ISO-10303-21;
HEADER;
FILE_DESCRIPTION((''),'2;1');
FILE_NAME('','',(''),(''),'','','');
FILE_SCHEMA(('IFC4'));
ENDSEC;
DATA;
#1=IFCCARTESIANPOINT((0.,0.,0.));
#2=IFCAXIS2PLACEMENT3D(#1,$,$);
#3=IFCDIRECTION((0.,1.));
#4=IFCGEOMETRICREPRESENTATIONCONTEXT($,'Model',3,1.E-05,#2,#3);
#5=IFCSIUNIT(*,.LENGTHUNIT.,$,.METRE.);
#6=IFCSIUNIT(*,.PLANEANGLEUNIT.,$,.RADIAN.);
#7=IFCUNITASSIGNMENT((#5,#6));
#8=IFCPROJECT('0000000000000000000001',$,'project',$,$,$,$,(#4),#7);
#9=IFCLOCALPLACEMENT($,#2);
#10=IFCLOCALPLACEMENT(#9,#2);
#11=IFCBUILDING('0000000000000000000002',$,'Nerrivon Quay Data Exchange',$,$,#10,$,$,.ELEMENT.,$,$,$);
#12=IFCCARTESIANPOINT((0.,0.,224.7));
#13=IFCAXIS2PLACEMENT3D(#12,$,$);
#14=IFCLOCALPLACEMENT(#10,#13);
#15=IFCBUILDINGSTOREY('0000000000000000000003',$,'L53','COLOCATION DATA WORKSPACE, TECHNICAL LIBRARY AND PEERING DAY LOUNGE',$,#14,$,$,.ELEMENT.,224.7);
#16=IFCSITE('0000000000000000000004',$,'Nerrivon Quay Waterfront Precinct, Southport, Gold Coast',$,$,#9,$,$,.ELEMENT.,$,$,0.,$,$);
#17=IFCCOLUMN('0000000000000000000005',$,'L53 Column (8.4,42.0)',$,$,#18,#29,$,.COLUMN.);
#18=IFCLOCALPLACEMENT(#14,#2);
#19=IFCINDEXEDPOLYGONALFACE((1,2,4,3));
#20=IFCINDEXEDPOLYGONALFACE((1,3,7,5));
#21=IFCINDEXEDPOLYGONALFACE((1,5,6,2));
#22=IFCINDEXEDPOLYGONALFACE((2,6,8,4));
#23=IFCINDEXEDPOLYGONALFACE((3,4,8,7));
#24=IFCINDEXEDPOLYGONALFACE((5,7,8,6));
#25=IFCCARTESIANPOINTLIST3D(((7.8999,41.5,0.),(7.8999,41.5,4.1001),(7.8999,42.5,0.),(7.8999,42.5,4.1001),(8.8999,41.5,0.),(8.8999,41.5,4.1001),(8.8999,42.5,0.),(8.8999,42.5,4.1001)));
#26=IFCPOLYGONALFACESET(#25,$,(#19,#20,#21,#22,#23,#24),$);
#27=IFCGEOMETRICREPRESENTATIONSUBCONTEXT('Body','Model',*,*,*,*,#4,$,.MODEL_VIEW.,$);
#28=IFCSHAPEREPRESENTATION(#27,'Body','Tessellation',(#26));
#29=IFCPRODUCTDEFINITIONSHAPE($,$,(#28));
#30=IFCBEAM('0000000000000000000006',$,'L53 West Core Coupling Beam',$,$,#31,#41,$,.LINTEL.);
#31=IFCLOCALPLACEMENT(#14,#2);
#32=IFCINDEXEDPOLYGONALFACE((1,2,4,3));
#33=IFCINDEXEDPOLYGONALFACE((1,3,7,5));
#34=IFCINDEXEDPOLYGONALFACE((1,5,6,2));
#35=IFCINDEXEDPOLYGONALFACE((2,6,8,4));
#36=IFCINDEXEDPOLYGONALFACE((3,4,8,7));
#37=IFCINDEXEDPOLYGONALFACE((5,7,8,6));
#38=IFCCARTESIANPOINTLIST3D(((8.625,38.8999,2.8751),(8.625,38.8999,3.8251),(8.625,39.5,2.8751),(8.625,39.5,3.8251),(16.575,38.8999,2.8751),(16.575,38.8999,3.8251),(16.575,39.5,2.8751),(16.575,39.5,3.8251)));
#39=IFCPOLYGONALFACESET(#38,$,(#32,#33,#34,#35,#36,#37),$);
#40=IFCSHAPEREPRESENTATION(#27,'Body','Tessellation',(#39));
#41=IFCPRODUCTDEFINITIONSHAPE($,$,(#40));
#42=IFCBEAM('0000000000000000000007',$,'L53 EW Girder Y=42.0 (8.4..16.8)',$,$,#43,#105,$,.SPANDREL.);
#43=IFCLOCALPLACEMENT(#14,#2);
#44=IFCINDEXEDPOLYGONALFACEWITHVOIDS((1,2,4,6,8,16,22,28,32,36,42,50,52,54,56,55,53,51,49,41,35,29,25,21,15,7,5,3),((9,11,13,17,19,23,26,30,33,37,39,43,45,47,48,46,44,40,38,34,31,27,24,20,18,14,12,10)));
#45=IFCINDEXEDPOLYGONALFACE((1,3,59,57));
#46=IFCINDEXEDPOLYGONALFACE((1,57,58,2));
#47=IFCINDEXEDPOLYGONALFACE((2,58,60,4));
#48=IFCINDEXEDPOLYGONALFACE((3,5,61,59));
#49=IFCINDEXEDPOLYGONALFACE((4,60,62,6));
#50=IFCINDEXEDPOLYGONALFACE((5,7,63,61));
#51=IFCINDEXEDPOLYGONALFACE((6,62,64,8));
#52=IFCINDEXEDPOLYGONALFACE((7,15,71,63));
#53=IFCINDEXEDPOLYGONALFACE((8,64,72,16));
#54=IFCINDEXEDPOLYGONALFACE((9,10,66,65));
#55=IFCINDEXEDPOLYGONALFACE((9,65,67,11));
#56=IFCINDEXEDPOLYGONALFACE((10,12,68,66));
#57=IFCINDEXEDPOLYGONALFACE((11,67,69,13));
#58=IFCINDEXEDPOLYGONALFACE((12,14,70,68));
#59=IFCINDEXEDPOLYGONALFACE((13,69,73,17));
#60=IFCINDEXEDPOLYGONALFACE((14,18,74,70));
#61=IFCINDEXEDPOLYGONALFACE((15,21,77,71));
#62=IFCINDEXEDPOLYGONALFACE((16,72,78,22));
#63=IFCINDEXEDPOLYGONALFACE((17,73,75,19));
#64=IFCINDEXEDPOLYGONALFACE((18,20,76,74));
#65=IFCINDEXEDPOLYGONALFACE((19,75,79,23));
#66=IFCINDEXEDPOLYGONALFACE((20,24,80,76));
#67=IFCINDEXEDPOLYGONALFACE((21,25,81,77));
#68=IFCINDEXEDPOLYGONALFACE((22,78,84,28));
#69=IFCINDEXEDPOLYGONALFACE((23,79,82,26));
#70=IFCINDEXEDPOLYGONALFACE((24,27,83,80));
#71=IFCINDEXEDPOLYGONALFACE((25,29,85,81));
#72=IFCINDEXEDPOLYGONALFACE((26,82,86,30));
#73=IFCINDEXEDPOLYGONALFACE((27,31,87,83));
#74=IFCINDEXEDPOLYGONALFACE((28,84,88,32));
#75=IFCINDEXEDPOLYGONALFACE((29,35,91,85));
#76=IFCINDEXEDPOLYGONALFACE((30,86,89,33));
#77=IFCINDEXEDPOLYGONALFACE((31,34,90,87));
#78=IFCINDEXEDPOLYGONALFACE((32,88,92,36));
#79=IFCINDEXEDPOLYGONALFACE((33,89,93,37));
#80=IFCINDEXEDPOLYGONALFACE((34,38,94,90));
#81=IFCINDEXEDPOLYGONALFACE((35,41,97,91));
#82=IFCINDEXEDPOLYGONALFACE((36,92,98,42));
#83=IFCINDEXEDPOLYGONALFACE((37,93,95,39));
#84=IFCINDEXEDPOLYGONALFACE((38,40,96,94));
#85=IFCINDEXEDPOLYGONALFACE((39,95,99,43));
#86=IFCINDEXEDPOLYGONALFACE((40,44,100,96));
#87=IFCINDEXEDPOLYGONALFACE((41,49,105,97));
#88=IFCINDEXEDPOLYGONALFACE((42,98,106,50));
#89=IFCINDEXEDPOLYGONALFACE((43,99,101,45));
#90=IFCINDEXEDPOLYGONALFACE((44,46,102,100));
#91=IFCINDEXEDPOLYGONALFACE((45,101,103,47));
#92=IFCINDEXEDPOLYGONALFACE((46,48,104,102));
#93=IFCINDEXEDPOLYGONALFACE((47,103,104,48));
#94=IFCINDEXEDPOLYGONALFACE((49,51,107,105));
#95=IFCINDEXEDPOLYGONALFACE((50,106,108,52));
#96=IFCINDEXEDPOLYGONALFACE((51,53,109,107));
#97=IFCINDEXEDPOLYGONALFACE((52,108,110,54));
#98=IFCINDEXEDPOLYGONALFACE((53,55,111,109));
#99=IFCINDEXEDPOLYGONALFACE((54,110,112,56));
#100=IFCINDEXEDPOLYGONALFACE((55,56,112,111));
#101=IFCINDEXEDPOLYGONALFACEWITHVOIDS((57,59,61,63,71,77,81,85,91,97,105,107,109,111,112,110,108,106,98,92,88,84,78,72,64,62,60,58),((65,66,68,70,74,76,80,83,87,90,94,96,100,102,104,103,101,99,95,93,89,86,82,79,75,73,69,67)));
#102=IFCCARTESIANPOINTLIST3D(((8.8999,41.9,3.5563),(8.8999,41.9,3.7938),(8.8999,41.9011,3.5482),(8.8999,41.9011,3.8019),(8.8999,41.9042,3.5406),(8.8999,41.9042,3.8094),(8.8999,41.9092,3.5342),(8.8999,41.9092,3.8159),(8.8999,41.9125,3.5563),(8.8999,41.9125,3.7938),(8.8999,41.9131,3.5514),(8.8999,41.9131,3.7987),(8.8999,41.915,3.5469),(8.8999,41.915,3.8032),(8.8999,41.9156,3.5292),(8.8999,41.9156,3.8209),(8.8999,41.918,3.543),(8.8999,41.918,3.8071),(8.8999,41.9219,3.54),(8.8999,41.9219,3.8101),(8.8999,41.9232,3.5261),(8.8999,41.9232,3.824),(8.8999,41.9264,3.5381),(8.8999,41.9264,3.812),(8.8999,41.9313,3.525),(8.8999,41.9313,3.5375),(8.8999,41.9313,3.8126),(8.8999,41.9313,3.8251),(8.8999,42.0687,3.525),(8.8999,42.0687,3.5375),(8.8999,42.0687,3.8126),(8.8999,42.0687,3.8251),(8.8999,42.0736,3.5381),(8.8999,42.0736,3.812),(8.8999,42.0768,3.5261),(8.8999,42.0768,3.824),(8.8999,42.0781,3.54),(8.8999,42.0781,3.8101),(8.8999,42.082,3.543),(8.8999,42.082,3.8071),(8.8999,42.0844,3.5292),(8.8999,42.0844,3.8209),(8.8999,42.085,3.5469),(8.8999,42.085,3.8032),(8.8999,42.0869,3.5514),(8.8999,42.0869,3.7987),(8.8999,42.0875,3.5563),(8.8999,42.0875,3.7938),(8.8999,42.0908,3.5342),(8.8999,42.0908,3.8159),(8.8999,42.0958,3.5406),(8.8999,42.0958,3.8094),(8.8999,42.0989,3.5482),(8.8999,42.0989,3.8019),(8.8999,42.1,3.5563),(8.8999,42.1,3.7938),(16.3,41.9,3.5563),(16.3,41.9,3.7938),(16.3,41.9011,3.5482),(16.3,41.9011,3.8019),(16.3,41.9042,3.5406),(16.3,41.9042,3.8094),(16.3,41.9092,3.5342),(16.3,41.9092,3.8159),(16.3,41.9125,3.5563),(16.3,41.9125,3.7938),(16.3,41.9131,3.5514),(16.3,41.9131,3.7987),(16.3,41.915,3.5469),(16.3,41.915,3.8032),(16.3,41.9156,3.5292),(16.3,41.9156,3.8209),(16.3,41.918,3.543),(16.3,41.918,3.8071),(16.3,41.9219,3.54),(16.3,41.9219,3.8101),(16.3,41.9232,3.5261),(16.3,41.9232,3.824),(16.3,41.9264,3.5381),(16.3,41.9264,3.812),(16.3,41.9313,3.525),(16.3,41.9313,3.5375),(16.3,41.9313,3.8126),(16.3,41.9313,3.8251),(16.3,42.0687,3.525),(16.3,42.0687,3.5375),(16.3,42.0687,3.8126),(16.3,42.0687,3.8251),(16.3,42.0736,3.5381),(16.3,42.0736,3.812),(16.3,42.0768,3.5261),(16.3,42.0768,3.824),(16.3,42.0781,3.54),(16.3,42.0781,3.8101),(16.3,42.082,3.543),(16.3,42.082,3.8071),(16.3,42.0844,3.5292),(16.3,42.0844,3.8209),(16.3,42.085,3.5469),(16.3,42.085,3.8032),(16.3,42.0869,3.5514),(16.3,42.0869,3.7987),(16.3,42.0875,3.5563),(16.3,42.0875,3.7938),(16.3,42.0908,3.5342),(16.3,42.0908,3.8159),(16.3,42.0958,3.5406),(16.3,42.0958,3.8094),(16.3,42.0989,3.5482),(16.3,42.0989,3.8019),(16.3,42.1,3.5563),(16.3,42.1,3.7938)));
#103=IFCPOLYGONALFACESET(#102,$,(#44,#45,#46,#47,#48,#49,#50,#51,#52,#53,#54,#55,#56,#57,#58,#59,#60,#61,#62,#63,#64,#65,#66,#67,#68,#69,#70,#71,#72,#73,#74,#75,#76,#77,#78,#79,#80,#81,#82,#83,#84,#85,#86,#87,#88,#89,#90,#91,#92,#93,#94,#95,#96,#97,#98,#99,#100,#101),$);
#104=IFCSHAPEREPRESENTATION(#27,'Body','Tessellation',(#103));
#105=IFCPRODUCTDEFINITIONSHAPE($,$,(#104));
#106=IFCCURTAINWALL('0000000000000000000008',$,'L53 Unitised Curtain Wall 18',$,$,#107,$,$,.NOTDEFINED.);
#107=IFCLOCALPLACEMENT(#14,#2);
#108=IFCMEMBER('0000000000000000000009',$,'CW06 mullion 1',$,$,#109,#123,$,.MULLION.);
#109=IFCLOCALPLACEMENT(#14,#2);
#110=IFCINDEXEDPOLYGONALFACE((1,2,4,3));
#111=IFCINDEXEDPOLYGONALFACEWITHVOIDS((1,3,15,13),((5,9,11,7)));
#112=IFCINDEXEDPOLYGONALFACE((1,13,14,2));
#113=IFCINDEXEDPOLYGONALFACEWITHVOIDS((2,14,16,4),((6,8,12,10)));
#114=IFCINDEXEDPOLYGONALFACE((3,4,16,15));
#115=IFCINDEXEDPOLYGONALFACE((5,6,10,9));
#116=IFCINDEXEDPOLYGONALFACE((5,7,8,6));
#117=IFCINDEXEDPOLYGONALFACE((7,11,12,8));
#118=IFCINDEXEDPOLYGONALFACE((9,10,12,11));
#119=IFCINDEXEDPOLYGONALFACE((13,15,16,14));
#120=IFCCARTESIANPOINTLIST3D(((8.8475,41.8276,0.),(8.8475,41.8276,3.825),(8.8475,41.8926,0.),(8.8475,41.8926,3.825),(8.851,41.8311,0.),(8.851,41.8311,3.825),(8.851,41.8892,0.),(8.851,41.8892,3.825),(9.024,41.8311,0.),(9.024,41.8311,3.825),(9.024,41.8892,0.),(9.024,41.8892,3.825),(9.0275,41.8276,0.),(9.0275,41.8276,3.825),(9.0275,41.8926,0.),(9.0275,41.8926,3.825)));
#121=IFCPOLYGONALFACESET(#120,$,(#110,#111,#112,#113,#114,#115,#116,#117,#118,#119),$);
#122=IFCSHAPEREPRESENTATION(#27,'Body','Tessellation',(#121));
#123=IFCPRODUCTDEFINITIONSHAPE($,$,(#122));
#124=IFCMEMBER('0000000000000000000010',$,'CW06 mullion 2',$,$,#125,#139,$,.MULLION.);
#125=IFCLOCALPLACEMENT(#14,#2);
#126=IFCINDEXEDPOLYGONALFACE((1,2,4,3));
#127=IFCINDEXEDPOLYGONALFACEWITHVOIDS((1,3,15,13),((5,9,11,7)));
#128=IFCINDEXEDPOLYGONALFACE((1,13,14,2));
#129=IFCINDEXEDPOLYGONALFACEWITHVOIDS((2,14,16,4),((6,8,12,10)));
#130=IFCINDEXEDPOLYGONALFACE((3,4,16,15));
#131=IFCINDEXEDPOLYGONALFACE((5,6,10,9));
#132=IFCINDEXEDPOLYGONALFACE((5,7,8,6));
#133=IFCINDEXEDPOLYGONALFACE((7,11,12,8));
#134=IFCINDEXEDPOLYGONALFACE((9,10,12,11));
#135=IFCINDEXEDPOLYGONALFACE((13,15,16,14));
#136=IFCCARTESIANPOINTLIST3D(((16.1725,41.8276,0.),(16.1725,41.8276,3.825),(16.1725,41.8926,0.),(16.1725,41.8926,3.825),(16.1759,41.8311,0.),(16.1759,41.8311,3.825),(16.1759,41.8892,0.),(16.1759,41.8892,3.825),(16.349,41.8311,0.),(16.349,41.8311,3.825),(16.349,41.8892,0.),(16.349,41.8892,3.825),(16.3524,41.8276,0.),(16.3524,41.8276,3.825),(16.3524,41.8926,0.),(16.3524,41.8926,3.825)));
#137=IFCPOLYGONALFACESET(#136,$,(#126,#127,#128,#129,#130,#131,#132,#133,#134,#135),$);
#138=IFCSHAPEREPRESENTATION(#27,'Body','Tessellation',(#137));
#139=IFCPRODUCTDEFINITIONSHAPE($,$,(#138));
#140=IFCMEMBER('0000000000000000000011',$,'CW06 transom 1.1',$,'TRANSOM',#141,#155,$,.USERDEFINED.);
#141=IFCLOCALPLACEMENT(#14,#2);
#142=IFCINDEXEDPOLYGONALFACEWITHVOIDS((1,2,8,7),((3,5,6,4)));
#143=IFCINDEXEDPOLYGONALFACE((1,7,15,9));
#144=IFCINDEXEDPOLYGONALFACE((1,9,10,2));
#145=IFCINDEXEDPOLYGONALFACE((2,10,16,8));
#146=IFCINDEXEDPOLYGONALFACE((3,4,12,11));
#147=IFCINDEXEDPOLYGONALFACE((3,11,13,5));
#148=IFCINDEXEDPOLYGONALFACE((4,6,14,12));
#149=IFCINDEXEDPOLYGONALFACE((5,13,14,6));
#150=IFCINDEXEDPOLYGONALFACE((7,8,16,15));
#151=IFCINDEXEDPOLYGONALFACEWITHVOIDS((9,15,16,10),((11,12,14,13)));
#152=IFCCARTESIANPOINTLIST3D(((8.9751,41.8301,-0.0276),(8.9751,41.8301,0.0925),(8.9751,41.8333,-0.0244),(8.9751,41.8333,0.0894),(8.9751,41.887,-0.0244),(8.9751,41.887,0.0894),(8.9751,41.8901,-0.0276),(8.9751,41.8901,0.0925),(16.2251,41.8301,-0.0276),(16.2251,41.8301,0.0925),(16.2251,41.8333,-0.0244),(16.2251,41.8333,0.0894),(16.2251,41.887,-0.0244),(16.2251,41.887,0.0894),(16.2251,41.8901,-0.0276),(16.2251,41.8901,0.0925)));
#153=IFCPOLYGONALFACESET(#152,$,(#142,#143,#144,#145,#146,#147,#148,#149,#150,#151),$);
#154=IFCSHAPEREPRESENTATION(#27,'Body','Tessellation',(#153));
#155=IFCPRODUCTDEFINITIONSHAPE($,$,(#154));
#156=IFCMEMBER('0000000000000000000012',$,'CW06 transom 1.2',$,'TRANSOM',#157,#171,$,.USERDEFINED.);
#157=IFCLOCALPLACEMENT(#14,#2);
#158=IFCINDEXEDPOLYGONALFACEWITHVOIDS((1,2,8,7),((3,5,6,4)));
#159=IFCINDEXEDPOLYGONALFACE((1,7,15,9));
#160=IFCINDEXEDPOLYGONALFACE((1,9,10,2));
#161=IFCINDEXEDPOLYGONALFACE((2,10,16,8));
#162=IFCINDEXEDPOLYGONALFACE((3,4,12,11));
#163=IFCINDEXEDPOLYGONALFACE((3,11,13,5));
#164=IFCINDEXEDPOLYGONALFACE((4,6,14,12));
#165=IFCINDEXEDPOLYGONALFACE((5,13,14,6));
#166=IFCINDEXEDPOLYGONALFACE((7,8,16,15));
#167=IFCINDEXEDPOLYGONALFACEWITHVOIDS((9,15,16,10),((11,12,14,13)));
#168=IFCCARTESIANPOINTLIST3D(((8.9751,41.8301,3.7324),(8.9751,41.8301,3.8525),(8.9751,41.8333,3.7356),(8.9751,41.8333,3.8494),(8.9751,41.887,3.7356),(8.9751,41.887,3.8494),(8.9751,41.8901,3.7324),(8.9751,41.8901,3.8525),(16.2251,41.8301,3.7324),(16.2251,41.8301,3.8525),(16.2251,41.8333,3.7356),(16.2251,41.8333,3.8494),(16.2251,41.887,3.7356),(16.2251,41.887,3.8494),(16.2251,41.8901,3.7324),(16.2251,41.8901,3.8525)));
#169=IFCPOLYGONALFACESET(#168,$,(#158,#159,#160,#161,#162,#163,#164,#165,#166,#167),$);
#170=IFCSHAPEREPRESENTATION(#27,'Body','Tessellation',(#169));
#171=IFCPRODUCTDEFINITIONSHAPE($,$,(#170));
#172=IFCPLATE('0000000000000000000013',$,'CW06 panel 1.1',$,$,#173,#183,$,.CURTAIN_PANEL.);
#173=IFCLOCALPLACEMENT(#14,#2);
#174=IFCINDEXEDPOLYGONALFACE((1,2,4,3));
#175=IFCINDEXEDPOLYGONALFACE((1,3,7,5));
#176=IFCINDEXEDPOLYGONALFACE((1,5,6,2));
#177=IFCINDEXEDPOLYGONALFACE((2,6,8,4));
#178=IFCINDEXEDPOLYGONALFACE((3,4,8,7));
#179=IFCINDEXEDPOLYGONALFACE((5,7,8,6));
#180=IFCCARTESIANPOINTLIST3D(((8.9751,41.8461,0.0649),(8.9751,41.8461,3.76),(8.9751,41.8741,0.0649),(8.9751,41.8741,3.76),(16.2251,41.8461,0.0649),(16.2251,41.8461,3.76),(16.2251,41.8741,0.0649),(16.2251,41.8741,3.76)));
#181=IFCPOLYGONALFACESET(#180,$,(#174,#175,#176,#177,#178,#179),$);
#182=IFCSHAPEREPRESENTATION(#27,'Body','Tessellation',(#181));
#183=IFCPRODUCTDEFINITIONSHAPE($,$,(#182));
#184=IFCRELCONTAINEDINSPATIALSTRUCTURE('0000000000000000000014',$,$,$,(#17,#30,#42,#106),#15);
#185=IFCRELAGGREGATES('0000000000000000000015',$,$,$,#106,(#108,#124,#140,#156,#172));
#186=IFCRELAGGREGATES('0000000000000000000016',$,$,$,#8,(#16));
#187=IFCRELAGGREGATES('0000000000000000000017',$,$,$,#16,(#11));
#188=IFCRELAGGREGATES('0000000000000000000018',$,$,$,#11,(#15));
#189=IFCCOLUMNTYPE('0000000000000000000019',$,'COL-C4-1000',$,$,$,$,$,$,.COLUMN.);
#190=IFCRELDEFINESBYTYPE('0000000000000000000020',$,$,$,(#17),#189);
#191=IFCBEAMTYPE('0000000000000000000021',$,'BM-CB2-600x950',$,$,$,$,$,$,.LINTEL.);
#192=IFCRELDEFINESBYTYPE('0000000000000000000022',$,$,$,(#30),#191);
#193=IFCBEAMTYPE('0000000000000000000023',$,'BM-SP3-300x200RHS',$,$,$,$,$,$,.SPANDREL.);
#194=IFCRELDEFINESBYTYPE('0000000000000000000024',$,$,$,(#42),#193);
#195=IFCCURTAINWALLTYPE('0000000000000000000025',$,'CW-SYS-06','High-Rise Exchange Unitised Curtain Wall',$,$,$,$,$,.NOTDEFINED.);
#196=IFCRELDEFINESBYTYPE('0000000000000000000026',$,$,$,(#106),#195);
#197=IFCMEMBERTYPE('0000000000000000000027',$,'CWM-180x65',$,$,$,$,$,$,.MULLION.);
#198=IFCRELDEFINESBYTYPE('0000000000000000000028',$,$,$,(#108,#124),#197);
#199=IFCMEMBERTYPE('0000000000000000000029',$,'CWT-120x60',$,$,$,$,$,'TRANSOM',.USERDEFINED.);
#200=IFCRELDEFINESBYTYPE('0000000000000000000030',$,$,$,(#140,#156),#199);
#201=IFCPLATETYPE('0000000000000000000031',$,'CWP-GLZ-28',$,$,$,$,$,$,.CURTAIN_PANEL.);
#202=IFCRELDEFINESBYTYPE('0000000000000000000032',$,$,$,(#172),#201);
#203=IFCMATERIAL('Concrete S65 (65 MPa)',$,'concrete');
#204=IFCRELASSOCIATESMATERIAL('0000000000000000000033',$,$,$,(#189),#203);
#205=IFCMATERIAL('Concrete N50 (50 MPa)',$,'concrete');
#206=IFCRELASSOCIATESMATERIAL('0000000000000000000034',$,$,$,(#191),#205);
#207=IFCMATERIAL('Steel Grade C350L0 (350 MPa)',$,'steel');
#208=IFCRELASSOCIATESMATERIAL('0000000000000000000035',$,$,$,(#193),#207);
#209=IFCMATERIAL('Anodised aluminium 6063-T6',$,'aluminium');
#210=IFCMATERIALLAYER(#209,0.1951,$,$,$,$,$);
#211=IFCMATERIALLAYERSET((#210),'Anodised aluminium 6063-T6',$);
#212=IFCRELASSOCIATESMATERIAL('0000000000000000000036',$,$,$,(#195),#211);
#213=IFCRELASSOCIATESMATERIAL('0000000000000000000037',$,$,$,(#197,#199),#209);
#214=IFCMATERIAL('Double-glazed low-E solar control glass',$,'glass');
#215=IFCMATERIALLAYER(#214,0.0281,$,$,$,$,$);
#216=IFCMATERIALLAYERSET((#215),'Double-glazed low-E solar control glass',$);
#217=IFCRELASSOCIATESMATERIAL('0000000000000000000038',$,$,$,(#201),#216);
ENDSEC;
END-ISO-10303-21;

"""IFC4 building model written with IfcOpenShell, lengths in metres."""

from ifc_helpers import new_model, si_unit, direction, frame, origin, origin_2d, place, context, subcontext, project, spatial, rectangle, hollow_rectangle, extrude, material, layer, layer_set, material_profile, profile_set, type_object, element, aggregate, save


model = new_model("IFC4")

# Units and contexts
model_context = context("Model", 3, precision=1e-05, world=origin(), true_north=direction((0.0, 1.0)))
body_context = subcontext(model_context, "Body", "Model", "MODEL_VIEW")
ifc_project = project(units=[si_unit("LENGTHUNIT", "METRE"), si_unit("PLANEANGLEUNIT", "RADIAN")], contexts=[model_context])

# Site, building, storey
site_placement = place(None, origin())
site = spatial("IfcSite", under=ifc_project, at=site_placement, Name="Nerrivon Quay Waterfront Precinct, Southport, Gold Coast", CompositionType="ELEMENT", RefElevation=0.0)
building_placement = place(site_placement, origin())
building = spatial("IfcBuilding", under=site, at=building_placement, Name="Nerrivon Quay Data Exchange", CompositionType="ELEMENT")
storey_placement = place(building_placement, frame((0.0, 0.0, 224.7)))
storey = spatial("IfcBuildingStorey", under=building, at=storey_placement, Name="L53", Description="COLOCATION DATA WORKSPACE, TECHNICAL LIBRARY AND PEERING DAY LOUNGE", CompositionType="ELEMENT", Elevation=224.7)

# Column
ifc_material_1 = material(Name="Concrete S65 (65 MPa)", Category="concrete")
ifc_material_profile_1 = material_profile(ifc_material_1, rectangle(XDim=1.0, YDim=1.0, at=origin_2d()), Name="RC-COL-1000x1000")
ifc_profile_set_1 = profile_set([ifc_material_profile_1], Name="Concrete S65 (65 MPa)")
column_type = type_object("IfcColumnType", Name="COL-C4-1000", PredefinedType="COLUMN", material=ifc_profile_set_1)
column_placement = place(storey_placement, frame((8.3999, 42.0, 0.0), z_axis=(0.0, 0.0, 1.0), x_axis=(1.0, 0.0, 0.0)))
element("IfcColumn", 1, at=column_placement, inside=storey, type_object=column_type, Name="L53 Column (8.4,42.0)", PredefinedType="COLUMN", context=body_context, shape_type="SweptSolid", body=[
    extrude(rectangle(XDim=1.0, YDim=1.0, at=origin_2d()), origin(), (0.0, 0.0, 1.0), 4.1001),
])

# Beams
ifc_material_2 = material(Name="Concrete N50 (50 MPa)", Category="concrete")
ifc_material_profile_2 = material_profile(ifc_material_2, rectangle(XDim=0.6001, YDim=0.95, at=origin_2d()), Name="RC-CB-600x950")
ifc_profile_set_2 = profile_set([ifc_material_profile_2], Name="Concrete N50 (50 MPa)")
beam_type_1 = type_object("IfcBeamType", Name="BM-CB2-600x950", PredefinedType="LINTEL", material=ifc_profile_set_2)
beam_1_placement = place(storey_placement, frame((8.625, 39.2, 3.3501), z_axis=(1.0, 0.0, 0.0), x_axis=(0.0, 1.0, 0.0)))
element("IfcBeam", 2, at=beam_1_placement, inside=storey, type_object=beam_type_1, Name="L53 West Core Coupling Beam", PredefinedType="LINTEL", context=body_context, shape_type="SweptSolid", body=[
    extrude(rectangle(XDim=0.6001, YDim=0.95, at=origin_2d()), origin(), (0.0, 0.0, 1.0), 7.95),
])
ifc_material_3 = material(Name="Steel Grade C350L0 (350 MPa)", Category="steel")
ifc_material_profile_3 = material_profile(ifc_material_3, hollow_rectangle(XDim=0.2, YDim=0.3, WallThickness=0.0125, InnerFilletRadius=0.0188, OuterFilletRadius=0.0312, at=origin_2d()), Name="300x200x12.5RHS")
ifc_profile_set_3 = profile_set([ifc_material_profile_3], Name="Steel Grade C350L0 (350 MPa)")
beam_type_2 = type_object("IfcBeamType", Name="BM-SP3-300x200RHS", PredefinedType="SPANDREL", material=ifc_profile_set_3)
beam_2_placement = place(storey_placement, frame((8.8999, 42.0, 3.675), z_axis=(1.0, 0.0, 0.0), x_axis=(0.0, 1.0, 0.0)))
element("IfcBeam", 3, at=beam_2_placement, inside=storey, type_object=beam_type_2, Name="L53 EW Girder Y=42.0 (8.4..16.8)", PredefinedType="SPANDREL", context=body_context, shape_type="SweptSolid", body=[
    extrude(hollow_rectangle(XDim=0.2, YDim=0.3, WallThickness=0.0125, InnerFilletRadius=0.0188, OuterFilletRadius=0.0312, at=origin_2d()), origin(), (0.0, 0.0, 1.0), 7.4001),
])

# Curtain wall, members, plate
ifc_material_4 = material(Name="Anodised aluminium 6063-T6", Category="aluminium")
ifc_layer_1 = layer(ifc_material_4, 0.1951)
ifc_layer_set_1 = layer_set([ifc_layer_1], Name="Anodised aluminium 6063-T6")
curtain_wall_type = type_object("IfcCurtainWallType", Name="CW-SYS-06", Description="High-Rise Exchange Unitised Curtain Wall", PredefinedType="NOTDEFINED", material=ifc_layer_set_1)
curtain_wall_placement = place(storey_placement, origin())
curtain_wall = element("IfcCurtainWall", 4, at=curtain_wall_placement, inside=storey, type_object=curtain_wall_type, Name="L53 Unitised Curtain Wall 18", PredefinedType="NOTDEFINED")
ifc_material_profile_4 = material_profile(ifc_material_4, hollow_rectangle(XDim=0.0649, YDim=0.1799, WallThickness=0.0034, at=origin_2d()), Name="ALU-MULL-180x65")
ifc_profile_set_4 = profile_set([ifc_material_profile_4], Name="Anodised aluminium 6063-T6")
member_type_1 = type_object("IfcMemberType", Name="CWM-180x65", PredefinedType="MULLION", material=ifc_profile_set_4)
member_1_placement = place(storey_placement, frame((8.9375, 41.8601, 0.0), z_axis=(0.0, 0.0, 1.0), x_axis=(0.0, 1.0, 0.0)))
member_1 = element("IfcMember", 5, at=member_1_placement, type_object=member_type_1, Name="CW06 mullion 1", PredefinedType="MULLION", context=body_context, shape_type="SweptSolid", body=[
    extrude(hollow_rectangle(XDim=0.0649, YDim=0.1799, WallThickness=0.0034, at=origin_2d()), origin(), (0.0, 0.0, 1.0), 3.825),
])
member_2_placement = place(storey_placement, frame((16.2625, 41.8601, 0.0), z_axis=(0.0, 0.0, 1.0), x_axis=(0.0, 1.0, 0.0)))
member_2 = element("IfcMember", 6, at=member_2_placement, type_object=member_type_1, Name="CW06 mullion 2", PredefinedType="MULLION", context=body_context, shape_type="SweptSolid", body=[
    extrude(hollow_rectangle(XDim=0.0649, YDim=0.1799, WallThickness=0.0034, at=origin_2d()), origin(), (0.0, 0.0, 1.0), 3.825),
])
ifc_material_profile_5 = material_profile(ifc_material_4, hollow_rectangle(XDim=0.0601, YDim=0.1201, WallThickness=0.0032, at=origin_2d()), Name="ALU-TRAN-120x60")
ifc_profile_set_5 = profile_set([ifc_material_profile_5], Name="Anodised aluminium 6063-T6")
member_type_2 = type_object("IfcMemberType", Name="CWT-120x60", ElementType="TRANSOM", PredefinedType="USERDEFINED", material=ifc_profile_set_5)
member_3_placement = place(storey_placement, frame((8.9751, 41.8601, 0.0325), z_axis=(1.0, 0.0, 0.0), x_axis=(0.0, 1.0, 0.0)))
member_3 = element("IfcMember", 7, at=member_3_placement, type_object=member_type_2, Name="CW06 transom 1.1", ObjectType="TRANSOM", PredefinedType="USERDEFINED", context=body_context, shape_type="SweptSolid", body=[
    extrude(hollow_rectangle(XDim=0.0601, YDim=0.1201, WallThickness=0.0032, at=origin_2d()), origin(), (0.0, 0.0, 1.0), 7.25),
])
member_4_placement = place(storey_placement, frame((8.9751, 41.8601, 3.7925), z_axis=(1.0, 0.0, 0.0), x_axis=(0.0, 1.0, 0.0)))
member_4 = element("IfcMember", 8, at=member_4_placement, type_object=member_type_2, Name="CW06 transom 1.2", ObjectType="TRANSOM", PredefinedType="USERDEFINED", context=body_context, shape_type="SweptSolid", body=[
    extrude(hollow_rectangle(XDim=0.0601, YDim=0.1201, WallThickness=0.0032, at=origin_2d()), origin(), (0.0, 0.0, 1.0), 7.25),
])
ifc_material_5 = material(Name="Double-glazed low-E solar control glass", Category="glass")
ifc_layer_2 = layer(ifc_material_5, 0.0281)
ifc_layer_set_2 = layer_set([ifc_layer_2], Name="Double-glazed low-E solar control glass")
plate_type = type_object("IfcPlateType", Name="CWP-GLZ-28", PredefinedType="CURTAIN_PANEL", material=ifc_layer_set_2)
plate_placement = place(storey_placement, frame((12.6001, 41.8601, 0.0649), z_axis=(0.0, 0.0, 1.0), x_axis=(1.0, 0.0, 0.0)))
plate = element("IfcPlate", 9, at=plate_placement, type_object=plate_type, Name="CW06 panel 1.1", PredefinedType="CURTAIN_PANEL", context=body_context, shape_type="SweptSolid", body=[
    extrude(rectangle(XDim=7.25, YDim=0.0281, at=origin_2d()), origin(), (0.0, 0.0, 1.0), 3.6951),
])
aggregate(curtain_wall, [member_1, member_2, member_3, member_4, plate])

save(model, "model.ifc")
